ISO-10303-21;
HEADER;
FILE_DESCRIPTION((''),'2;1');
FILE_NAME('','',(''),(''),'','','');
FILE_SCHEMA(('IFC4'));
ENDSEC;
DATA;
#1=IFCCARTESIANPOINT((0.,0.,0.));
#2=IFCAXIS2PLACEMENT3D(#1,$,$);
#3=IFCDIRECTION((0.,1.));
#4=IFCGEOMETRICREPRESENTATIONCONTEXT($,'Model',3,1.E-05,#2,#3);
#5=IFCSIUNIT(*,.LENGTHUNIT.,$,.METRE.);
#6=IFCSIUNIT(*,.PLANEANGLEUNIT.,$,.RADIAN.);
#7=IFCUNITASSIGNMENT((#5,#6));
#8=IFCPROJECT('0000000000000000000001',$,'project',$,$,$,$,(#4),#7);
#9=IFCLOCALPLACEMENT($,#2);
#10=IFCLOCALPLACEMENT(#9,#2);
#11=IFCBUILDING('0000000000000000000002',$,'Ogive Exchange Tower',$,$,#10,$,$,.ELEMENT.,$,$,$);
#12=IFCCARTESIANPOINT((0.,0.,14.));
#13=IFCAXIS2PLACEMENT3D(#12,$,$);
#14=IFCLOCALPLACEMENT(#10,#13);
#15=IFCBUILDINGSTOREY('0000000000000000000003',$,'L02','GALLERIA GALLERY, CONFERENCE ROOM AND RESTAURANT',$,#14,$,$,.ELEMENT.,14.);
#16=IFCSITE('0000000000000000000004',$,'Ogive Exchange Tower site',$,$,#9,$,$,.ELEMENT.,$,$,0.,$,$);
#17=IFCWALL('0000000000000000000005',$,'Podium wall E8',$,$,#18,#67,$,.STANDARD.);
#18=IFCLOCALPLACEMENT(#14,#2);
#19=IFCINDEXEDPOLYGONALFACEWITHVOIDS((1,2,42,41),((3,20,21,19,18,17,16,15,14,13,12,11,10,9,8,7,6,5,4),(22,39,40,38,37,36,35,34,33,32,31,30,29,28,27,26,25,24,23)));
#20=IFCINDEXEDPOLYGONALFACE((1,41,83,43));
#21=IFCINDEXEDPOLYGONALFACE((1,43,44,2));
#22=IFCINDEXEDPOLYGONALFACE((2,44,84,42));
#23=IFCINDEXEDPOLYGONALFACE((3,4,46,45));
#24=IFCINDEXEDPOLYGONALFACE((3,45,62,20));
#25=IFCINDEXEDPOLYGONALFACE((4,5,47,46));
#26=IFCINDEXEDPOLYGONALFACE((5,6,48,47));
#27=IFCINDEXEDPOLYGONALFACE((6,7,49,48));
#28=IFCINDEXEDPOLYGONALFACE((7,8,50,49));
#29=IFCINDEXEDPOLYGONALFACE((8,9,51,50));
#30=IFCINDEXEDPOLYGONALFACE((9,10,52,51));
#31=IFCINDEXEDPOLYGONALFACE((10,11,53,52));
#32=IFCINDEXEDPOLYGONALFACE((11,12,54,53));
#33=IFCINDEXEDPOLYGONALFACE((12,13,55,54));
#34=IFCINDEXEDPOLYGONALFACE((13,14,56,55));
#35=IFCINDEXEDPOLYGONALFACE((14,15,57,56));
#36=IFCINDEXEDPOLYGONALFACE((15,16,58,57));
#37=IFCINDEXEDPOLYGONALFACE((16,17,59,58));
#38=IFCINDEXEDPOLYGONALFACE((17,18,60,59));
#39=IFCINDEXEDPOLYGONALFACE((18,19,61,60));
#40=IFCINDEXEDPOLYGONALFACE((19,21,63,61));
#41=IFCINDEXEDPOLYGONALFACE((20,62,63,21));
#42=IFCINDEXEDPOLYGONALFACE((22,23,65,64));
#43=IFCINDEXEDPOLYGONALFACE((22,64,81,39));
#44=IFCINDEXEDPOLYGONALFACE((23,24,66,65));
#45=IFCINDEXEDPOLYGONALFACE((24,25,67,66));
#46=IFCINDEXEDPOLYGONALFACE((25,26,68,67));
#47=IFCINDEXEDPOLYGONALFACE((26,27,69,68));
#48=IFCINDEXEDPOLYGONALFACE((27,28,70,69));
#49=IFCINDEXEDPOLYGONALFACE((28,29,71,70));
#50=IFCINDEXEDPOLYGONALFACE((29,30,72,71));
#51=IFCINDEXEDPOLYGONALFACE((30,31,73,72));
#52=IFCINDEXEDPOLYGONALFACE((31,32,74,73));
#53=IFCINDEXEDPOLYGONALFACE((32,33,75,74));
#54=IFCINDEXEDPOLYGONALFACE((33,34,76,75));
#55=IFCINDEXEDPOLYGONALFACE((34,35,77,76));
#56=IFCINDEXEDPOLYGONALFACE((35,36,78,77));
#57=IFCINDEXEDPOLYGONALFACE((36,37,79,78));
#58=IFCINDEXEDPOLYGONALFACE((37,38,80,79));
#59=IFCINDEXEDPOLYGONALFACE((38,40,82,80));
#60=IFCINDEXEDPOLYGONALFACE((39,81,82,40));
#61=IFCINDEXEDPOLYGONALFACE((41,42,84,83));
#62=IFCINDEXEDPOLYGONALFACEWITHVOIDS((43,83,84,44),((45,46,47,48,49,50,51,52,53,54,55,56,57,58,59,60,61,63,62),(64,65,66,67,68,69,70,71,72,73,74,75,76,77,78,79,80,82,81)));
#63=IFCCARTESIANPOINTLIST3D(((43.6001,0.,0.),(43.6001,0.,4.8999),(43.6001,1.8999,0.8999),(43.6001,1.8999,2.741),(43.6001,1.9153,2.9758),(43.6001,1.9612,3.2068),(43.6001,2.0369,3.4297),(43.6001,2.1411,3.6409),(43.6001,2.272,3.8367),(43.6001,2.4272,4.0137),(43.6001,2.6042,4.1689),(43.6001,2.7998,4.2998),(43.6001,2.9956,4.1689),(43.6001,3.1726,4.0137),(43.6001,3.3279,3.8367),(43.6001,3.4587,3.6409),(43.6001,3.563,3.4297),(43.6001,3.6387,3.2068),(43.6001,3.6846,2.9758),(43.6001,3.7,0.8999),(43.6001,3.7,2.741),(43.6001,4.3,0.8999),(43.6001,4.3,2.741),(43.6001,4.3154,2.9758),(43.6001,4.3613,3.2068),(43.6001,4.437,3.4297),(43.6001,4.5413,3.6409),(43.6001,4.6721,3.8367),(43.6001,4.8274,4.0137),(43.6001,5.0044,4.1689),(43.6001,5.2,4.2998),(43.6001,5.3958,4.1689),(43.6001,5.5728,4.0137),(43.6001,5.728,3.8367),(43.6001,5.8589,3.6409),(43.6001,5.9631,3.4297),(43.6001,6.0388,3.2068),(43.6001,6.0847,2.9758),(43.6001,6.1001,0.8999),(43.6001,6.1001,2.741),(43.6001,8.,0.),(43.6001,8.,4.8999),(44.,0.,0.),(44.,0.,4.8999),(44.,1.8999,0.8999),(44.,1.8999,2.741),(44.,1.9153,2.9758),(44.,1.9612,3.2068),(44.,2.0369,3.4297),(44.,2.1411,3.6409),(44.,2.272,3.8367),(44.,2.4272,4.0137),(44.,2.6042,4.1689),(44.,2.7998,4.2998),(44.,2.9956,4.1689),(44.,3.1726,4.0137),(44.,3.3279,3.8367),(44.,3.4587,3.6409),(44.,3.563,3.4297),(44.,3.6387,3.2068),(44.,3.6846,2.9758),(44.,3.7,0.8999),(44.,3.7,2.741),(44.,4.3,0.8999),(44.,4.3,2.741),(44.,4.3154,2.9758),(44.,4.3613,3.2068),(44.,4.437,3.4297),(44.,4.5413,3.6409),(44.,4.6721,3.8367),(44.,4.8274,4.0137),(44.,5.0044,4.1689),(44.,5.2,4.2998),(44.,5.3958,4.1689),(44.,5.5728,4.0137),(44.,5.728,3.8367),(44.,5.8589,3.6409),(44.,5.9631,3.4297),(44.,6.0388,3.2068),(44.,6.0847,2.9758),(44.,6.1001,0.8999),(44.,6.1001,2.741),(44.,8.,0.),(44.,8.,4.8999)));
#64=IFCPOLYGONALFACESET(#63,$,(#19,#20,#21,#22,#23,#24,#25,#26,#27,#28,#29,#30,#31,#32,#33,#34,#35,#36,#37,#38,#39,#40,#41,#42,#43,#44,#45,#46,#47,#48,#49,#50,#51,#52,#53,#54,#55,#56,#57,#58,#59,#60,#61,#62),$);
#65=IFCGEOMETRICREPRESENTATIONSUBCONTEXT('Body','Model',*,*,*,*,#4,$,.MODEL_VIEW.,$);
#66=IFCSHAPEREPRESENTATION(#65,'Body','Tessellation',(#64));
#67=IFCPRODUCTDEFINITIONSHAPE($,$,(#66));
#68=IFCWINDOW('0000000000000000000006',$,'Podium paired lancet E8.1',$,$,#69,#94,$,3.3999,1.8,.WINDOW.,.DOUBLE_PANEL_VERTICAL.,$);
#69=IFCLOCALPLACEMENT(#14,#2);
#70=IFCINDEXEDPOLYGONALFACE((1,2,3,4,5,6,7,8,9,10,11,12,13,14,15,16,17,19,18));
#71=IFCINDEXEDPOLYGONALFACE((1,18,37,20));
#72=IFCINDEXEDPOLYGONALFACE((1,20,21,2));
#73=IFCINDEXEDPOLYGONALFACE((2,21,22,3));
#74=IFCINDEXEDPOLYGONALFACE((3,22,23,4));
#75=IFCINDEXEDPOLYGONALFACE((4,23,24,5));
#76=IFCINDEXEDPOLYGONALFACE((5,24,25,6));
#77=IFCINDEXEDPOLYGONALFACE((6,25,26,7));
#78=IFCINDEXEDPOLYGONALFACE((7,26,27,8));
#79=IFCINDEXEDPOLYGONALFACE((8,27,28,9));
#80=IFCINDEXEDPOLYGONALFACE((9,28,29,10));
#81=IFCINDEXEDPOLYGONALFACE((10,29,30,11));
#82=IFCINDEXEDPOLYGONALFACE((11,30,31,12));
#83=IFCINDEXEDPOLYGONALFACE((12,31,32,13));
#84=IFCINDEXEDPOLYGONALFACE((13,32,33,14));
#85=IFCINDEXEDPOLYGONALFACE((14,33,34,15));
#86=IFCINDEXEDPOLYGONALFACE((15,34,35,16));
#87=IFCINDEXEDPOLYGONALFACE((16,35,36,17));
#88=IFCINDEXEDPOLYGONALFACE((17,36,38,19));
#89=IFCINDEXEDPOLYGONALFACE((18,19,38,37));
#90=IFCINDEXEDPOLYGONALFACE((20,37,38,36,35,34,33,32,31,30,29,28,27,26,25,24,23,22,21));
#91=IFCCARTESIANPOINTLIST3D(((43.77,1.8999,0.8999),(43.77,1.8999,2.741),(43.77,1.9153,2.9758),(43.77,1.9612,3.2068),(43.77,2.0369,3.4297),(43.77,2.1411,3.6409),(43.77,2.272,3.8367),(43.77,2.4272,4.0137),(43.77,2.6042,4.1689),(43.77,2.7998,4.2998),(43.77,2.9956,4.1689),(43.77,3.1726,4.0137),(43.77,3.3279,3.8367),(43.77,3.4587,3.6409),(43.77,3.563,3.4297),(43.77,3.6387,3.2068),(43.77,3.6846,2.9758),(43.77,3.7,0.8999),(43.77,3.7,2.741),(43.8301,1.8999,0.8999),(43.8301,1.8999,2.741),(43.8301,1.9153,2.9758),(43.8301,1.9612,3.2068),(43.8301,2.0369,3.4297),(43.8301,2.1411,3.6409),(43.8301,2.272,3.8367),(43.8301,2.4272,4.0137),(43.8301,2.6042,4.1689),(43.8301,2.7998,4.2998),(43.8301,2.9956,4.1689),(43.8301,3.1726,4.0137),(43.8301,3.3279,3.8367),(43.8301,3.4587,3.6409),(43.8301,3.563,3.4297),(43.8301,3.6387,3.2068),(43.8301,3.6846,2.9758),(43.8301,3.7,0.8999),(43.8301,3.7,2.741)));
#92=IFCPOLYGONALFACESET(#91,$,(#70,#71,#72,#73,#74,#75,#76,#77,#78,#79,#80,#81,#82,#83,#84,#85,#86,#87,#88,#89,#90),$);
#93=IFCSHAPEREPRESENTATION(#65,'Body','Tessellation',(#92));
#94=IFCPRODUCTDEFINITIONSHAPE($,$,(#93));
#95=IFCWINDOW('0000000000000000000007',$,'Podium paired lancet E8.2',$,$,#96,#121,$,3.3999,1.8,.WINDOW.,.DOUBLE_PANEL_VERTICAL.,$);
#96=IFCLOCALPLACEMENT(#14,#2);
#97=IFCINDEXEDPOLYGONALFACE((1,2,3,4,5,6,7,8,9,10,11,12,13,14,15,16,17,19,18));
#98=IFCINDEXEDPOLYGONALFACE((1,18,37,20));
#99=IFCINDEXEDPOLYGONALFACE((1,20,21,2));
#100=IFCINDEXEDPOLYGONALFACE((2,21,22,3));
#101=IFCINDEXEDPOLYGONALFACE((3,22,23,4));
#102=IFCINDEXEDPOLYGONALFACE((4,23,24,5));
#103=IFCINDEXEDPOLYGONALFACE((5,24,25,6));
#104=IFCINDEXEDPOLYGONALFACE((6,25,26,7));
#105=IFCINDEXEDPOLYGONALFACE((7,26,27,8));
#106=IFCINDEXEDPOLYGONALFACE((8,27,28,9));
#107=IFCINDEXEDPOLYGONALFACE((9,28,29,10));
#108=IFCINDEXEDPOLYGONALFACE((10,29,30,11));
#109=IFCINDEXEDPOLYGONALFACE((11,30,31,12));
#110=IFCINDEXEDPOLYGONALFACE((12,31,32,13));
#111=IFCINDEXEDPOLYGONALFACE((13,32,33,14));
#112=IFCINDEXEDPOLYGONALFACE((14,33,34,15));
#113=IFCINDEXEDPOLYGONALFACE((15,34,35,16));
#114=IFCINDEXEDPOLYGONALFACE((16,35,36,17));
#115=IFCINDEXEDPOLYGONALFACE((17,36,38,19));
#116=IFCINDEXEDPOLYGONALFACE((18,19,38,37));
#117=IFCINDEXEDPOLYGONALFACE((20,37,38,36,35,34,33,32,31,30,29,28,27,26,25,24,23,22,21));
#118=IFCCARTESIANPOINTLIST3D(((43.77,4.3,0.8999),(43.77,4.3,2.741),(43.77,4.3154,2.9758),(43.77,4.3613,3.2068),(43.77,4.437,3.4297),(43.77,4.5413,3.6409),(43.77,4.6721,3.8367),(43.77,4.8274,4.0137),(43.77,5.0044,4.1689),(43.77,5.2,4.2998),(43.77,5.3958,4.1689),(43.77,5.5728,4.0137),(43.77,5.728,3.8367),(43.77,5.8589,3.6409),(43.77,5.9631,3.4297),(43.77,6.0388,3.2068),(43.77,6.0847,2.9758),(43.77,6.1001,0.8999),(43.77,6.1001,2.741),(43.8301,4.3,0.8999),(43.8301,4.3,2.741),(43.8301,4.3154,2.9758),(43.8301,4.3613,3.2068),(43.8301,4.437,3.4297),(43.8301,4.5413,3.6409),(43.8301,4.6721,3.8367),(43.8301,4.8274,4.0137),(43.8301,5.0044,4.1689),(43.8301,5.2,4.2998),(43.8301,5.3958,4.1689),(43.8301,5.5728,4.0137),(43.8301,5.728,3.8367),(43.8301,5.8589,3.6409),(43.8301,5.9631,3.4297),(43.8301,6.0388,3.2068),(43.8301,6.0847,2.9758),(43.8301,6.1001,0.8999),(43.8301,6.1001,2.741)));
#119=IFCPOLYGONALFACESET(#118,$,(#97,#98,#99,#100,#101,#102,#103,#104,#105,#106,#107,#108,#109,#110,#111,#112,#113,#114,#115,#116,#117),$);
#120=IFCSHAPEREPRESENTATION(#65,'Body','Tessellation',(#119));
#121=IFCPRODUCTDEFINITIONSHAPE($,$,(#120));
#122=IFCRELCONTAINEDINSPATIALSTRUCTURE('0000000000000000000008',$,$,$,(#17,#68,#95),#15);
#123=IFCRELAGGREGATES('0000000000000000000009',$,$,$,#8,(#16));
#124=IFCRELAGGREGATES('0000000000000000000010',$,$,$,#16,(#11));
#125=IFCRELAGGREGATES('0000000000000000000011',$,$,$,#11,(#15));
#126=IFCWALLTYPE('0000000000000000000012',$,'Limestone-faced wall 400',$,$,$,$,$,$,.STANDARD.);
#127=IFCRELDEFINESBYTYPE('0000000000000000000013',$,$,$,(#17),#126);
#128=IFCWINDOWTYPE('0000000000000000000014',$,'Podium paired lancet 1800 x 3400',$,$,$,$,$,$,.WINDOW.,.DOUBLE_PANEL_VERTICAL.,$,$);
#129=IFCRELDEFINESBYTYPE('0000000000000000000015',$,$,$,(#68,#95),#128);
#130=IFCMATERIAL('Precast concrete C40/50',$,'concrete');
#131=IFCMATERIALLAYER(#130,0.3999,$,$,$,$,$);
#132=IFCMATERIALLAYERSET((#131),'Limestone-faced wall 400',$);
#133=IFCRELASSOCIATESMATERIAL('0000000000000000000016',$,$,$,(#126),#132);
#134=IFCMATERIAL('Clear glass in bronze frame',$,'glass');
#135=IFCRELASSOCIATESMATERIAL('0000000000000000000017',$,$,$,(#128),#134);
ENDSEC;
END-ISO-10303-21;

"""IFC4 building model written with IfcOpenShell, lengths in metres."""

from ifc_helpers import new_model, si_unit, direction, frame, frame_2d, origin, place, context, subcontext, project, spatial, polyline, rectangle, outline, extrude, material, layer, layer_set, type_object, element, fill, save


model = new_model("IFC4")

# Units and contexts
model_context = context("Model", 3, precision=1e-05, world=origin(), true_north=direction((0.0, 1.0)))
body_context = subcontext(model_context, "Body", "Model", "MODEL_VIEW")
ifc_project = project(units=[si_unit("LENGTHUNIT", "METRE"), si_unit("PLANEANGLEUNIT", "RADIAN")], contexts=[model_context])

# Site, building, storey
site_placement = place(None, origin())
site = spatial("IfcSite", under=ifc_project, at=site_placement, Name="Ogive Exchange Tower site", CompositionType="ELEMENT", RefElevation=0.0)
building_placement = place(site_placement, origin())
building = spatial("IfcBuilding", under=site, at=building_placement, Name="Ogive Exchange Tower", CompositionType="ELEMENT")
storey_placement = place(building_placement, frame((0.0, 0.0, 14.0)))
storey = spatial("IfcBuildingStorey", under=building, at=storey_placement, Name="L02", Description="GALLERIA GALLERY, CONFERENCE ROOM AND RESTAURANT", CompositionType="ELEMENT", Elevation=14.0)

# Wall, openings, windows
ifc_material_1 = material(Name="Precast concrete C40/50", Category="concrete")
ifc_layer_1 = layer(ifc_material_1, 0.3999)
ifc_layer_set_1 = layer_set([ifc_layer_1], Name="Limestone-faced wall 400")
wall_type_1 = type_object("IfcWallType", Name="Limestone-faced wall 400", PredefinedType="STANDARD", material=ifc_layer_set_1)
wall_1_placement = place(storey_placement, frame((43.8, 0.0, 0.0), z_axis=(0.0, 0.0, 1.0), x_axis=(0.0, 1.0, 0.0)))
wall_1 = element("IfcWall", 1, at=wall_1_placement, inside=storey, type_object=wall_type_1, Name="Podium wall E8", PredefinedType="STANDARD", context=body_context, shape_type="SweptSolid", body=[
    extrude(rectangle(XDim=8.0, YDim=0.3999, at=frame_2d((4.0, 0.0))), origin(), (0.0, 0.0, 1.0), 4.8999),
])
opening_1_placement = place(wall_1_placement, frame((1.8999, 0.0, 0.8999)))
opening_1 = element("IfcOpeningElement", 2, at=opening_1_placement, cuts=wall_1, PredefinedType="OPENING", context=body_context, shape_type="SweptSolid", body=[
    extrude(outline(polyline([(0.0, 0.0), (1.8, 0.0), (1.8, 1.8411), (1.7847, 2.0759), (1.7388, 2.3069), (1.6631, 2.5298), (1.5588, 2.741), (1.428, 2.9368), (1.2727, 3.1138), (1.0957, 3.269), (0.8999, 3.3999), (0.7043, 3.269), (0.5273, 3.1138), (0.3721, 2.9368), (0.2412, 2.741), (0.137, 2.5298), (0.0613, 2.3069), (0.0154, 2.0759), (0.0, 1.8411), (0.0, 0.0)])), frame((0.0, 0.21, 0.0), z_axis=(0.0, -1.0, 0.0), x_axis=(1.0, 0.0, 0.0)), (0.0, 0.0, 1.0), 0.4199),
])
opening_2_placement = place(wall_1_placement, frame((4.3, 0.0, 0.8999)))
opening_2 = element("IfcOpeningElement", 3, at=opening_2_placement, cuts=wall_1, PredefinedType="OPENING", context=body_context, shape_type="SweptSolid", body=[
    extrude(outline(polyline([(0.0, 0.0), (1.8, 0.0), (1.8, 1.8411), (1.7847, 2.0759), (1.7388, 2.3069), (1.6631, 2.5298), (1.5588, 2.741), (1.428, 2.9368), (1.2727, 3.1138), (1.0957, 3.269), (0.8999, 3.3999), (0.7043, 3.269), (0.5273, 3.1138), (0.3721, 2.9368), (0.2412, 2.741), (0.137, 2.5298), (0.0613, 2.3069), (0.0154, 2.0759), (0.0, 1.8411), (0.0, 0.0)])), frame((0.0, 0.21, 0.0), z_axis=(0.0, -1.0, 0.0), x_axis=(1.0, 0.0, 0.0)), (0.0, 0.0, 1.0), 0.4199),
])
ifc_material_2 = material(Name="Clear glass in bronze frame", Category="glass")
window_type = type_object("IfcWindowType", Name="Podium paired lancet 1800 x 3400", PartitioningType="DOUBLE_PANEL_VERTICAL", PredefinedType="WINDOW", material=ifc_material_2)
window_1_placement = place(opening_1_placement, origin())
window_1 = element("IfcWindow", 4, at=window_1_placement, inside=storey, type_object=window_type, Name="Podium paired lancet E8.1", OverallHeight=3.3999, OverallWidth=1.8, PartitioningType="DOUBLE_PANEL_VERTICAL", PredefinedType="WINDOW", context=body_context, shape_type="SweptSolid", body=[
    extrude(outline(polyline([(0.0, 0.0), (1.8, 0.0), (1.8, 1.8411), (1.7847, 2.0759), (1.7388, 2.3069), (1.6631, 2.5298), (1.5588, 2.741), (1.428, 2.9368), (1.2727, 3.1138), (1.0957, 3.269), (0.8999, 3.3999), (0.7043, 3.269), (0.5273, 3.1138), (0.3721, 2.9368), (0.2412, 2.741), (0.137, 2.5298), (0.0613, 2.3069), (0.0154, 2.0759), (0.0, 1.8411), (0.0, 0.0)])), frame((0.0, 0.03, 0.0), z_axis=(0.0, -1.0, 0.0), x_axis=(1.0, 0.0, 0.0)), (0.0, 0.0, 1.0), 0.0601),
])
fill(opening_1, window_1)
window_2_placement = place(opening_2_placement, origin())
window_2 = element("IfcWindow", 5, at=window_2_placement, inside=storey, type_object=window_type, Name="Podium paired lancet E8.2", OverallHeight=3.3999, OverallWidth=1.8, PartitioningType="DOUBLE_PANEL_VERTICAL", PredefinedType="WINDOW", context=body_context, shape_type="SweptSolid", body=[
    extrude(outline(polyline([(0.0, 0.0), (1.8, 0.0), (1.8, 1.8411), (1.7847, 2.0759), (1.7388, 2.3069), (1.6631, 2.5298), (1.5588, 2.741), (1.428, 2.9368), (1.2727, 3.1138), (1.0957, 3.269), (0.8999, 3.3999), (0.7043, 3.269), (0.5273, 3.1138), (0.3721, 2.9368), (0.2412, 2.741), (0.137, 2.5298), (0.0613, 2.3069), (0.0154, 2.0759), (0.0, 1.8411), (0.0, 0.0)])), frame((0.0, 0.03, 0.0), z_axis=(0.0, -1.0, 0.0), x_axis=(1.0, 0.0, 0.0)), (0.0, 0.0, 1.0), 0.0601),
])
fill(opening_2, window_2)

save(model, "model.ifc")
